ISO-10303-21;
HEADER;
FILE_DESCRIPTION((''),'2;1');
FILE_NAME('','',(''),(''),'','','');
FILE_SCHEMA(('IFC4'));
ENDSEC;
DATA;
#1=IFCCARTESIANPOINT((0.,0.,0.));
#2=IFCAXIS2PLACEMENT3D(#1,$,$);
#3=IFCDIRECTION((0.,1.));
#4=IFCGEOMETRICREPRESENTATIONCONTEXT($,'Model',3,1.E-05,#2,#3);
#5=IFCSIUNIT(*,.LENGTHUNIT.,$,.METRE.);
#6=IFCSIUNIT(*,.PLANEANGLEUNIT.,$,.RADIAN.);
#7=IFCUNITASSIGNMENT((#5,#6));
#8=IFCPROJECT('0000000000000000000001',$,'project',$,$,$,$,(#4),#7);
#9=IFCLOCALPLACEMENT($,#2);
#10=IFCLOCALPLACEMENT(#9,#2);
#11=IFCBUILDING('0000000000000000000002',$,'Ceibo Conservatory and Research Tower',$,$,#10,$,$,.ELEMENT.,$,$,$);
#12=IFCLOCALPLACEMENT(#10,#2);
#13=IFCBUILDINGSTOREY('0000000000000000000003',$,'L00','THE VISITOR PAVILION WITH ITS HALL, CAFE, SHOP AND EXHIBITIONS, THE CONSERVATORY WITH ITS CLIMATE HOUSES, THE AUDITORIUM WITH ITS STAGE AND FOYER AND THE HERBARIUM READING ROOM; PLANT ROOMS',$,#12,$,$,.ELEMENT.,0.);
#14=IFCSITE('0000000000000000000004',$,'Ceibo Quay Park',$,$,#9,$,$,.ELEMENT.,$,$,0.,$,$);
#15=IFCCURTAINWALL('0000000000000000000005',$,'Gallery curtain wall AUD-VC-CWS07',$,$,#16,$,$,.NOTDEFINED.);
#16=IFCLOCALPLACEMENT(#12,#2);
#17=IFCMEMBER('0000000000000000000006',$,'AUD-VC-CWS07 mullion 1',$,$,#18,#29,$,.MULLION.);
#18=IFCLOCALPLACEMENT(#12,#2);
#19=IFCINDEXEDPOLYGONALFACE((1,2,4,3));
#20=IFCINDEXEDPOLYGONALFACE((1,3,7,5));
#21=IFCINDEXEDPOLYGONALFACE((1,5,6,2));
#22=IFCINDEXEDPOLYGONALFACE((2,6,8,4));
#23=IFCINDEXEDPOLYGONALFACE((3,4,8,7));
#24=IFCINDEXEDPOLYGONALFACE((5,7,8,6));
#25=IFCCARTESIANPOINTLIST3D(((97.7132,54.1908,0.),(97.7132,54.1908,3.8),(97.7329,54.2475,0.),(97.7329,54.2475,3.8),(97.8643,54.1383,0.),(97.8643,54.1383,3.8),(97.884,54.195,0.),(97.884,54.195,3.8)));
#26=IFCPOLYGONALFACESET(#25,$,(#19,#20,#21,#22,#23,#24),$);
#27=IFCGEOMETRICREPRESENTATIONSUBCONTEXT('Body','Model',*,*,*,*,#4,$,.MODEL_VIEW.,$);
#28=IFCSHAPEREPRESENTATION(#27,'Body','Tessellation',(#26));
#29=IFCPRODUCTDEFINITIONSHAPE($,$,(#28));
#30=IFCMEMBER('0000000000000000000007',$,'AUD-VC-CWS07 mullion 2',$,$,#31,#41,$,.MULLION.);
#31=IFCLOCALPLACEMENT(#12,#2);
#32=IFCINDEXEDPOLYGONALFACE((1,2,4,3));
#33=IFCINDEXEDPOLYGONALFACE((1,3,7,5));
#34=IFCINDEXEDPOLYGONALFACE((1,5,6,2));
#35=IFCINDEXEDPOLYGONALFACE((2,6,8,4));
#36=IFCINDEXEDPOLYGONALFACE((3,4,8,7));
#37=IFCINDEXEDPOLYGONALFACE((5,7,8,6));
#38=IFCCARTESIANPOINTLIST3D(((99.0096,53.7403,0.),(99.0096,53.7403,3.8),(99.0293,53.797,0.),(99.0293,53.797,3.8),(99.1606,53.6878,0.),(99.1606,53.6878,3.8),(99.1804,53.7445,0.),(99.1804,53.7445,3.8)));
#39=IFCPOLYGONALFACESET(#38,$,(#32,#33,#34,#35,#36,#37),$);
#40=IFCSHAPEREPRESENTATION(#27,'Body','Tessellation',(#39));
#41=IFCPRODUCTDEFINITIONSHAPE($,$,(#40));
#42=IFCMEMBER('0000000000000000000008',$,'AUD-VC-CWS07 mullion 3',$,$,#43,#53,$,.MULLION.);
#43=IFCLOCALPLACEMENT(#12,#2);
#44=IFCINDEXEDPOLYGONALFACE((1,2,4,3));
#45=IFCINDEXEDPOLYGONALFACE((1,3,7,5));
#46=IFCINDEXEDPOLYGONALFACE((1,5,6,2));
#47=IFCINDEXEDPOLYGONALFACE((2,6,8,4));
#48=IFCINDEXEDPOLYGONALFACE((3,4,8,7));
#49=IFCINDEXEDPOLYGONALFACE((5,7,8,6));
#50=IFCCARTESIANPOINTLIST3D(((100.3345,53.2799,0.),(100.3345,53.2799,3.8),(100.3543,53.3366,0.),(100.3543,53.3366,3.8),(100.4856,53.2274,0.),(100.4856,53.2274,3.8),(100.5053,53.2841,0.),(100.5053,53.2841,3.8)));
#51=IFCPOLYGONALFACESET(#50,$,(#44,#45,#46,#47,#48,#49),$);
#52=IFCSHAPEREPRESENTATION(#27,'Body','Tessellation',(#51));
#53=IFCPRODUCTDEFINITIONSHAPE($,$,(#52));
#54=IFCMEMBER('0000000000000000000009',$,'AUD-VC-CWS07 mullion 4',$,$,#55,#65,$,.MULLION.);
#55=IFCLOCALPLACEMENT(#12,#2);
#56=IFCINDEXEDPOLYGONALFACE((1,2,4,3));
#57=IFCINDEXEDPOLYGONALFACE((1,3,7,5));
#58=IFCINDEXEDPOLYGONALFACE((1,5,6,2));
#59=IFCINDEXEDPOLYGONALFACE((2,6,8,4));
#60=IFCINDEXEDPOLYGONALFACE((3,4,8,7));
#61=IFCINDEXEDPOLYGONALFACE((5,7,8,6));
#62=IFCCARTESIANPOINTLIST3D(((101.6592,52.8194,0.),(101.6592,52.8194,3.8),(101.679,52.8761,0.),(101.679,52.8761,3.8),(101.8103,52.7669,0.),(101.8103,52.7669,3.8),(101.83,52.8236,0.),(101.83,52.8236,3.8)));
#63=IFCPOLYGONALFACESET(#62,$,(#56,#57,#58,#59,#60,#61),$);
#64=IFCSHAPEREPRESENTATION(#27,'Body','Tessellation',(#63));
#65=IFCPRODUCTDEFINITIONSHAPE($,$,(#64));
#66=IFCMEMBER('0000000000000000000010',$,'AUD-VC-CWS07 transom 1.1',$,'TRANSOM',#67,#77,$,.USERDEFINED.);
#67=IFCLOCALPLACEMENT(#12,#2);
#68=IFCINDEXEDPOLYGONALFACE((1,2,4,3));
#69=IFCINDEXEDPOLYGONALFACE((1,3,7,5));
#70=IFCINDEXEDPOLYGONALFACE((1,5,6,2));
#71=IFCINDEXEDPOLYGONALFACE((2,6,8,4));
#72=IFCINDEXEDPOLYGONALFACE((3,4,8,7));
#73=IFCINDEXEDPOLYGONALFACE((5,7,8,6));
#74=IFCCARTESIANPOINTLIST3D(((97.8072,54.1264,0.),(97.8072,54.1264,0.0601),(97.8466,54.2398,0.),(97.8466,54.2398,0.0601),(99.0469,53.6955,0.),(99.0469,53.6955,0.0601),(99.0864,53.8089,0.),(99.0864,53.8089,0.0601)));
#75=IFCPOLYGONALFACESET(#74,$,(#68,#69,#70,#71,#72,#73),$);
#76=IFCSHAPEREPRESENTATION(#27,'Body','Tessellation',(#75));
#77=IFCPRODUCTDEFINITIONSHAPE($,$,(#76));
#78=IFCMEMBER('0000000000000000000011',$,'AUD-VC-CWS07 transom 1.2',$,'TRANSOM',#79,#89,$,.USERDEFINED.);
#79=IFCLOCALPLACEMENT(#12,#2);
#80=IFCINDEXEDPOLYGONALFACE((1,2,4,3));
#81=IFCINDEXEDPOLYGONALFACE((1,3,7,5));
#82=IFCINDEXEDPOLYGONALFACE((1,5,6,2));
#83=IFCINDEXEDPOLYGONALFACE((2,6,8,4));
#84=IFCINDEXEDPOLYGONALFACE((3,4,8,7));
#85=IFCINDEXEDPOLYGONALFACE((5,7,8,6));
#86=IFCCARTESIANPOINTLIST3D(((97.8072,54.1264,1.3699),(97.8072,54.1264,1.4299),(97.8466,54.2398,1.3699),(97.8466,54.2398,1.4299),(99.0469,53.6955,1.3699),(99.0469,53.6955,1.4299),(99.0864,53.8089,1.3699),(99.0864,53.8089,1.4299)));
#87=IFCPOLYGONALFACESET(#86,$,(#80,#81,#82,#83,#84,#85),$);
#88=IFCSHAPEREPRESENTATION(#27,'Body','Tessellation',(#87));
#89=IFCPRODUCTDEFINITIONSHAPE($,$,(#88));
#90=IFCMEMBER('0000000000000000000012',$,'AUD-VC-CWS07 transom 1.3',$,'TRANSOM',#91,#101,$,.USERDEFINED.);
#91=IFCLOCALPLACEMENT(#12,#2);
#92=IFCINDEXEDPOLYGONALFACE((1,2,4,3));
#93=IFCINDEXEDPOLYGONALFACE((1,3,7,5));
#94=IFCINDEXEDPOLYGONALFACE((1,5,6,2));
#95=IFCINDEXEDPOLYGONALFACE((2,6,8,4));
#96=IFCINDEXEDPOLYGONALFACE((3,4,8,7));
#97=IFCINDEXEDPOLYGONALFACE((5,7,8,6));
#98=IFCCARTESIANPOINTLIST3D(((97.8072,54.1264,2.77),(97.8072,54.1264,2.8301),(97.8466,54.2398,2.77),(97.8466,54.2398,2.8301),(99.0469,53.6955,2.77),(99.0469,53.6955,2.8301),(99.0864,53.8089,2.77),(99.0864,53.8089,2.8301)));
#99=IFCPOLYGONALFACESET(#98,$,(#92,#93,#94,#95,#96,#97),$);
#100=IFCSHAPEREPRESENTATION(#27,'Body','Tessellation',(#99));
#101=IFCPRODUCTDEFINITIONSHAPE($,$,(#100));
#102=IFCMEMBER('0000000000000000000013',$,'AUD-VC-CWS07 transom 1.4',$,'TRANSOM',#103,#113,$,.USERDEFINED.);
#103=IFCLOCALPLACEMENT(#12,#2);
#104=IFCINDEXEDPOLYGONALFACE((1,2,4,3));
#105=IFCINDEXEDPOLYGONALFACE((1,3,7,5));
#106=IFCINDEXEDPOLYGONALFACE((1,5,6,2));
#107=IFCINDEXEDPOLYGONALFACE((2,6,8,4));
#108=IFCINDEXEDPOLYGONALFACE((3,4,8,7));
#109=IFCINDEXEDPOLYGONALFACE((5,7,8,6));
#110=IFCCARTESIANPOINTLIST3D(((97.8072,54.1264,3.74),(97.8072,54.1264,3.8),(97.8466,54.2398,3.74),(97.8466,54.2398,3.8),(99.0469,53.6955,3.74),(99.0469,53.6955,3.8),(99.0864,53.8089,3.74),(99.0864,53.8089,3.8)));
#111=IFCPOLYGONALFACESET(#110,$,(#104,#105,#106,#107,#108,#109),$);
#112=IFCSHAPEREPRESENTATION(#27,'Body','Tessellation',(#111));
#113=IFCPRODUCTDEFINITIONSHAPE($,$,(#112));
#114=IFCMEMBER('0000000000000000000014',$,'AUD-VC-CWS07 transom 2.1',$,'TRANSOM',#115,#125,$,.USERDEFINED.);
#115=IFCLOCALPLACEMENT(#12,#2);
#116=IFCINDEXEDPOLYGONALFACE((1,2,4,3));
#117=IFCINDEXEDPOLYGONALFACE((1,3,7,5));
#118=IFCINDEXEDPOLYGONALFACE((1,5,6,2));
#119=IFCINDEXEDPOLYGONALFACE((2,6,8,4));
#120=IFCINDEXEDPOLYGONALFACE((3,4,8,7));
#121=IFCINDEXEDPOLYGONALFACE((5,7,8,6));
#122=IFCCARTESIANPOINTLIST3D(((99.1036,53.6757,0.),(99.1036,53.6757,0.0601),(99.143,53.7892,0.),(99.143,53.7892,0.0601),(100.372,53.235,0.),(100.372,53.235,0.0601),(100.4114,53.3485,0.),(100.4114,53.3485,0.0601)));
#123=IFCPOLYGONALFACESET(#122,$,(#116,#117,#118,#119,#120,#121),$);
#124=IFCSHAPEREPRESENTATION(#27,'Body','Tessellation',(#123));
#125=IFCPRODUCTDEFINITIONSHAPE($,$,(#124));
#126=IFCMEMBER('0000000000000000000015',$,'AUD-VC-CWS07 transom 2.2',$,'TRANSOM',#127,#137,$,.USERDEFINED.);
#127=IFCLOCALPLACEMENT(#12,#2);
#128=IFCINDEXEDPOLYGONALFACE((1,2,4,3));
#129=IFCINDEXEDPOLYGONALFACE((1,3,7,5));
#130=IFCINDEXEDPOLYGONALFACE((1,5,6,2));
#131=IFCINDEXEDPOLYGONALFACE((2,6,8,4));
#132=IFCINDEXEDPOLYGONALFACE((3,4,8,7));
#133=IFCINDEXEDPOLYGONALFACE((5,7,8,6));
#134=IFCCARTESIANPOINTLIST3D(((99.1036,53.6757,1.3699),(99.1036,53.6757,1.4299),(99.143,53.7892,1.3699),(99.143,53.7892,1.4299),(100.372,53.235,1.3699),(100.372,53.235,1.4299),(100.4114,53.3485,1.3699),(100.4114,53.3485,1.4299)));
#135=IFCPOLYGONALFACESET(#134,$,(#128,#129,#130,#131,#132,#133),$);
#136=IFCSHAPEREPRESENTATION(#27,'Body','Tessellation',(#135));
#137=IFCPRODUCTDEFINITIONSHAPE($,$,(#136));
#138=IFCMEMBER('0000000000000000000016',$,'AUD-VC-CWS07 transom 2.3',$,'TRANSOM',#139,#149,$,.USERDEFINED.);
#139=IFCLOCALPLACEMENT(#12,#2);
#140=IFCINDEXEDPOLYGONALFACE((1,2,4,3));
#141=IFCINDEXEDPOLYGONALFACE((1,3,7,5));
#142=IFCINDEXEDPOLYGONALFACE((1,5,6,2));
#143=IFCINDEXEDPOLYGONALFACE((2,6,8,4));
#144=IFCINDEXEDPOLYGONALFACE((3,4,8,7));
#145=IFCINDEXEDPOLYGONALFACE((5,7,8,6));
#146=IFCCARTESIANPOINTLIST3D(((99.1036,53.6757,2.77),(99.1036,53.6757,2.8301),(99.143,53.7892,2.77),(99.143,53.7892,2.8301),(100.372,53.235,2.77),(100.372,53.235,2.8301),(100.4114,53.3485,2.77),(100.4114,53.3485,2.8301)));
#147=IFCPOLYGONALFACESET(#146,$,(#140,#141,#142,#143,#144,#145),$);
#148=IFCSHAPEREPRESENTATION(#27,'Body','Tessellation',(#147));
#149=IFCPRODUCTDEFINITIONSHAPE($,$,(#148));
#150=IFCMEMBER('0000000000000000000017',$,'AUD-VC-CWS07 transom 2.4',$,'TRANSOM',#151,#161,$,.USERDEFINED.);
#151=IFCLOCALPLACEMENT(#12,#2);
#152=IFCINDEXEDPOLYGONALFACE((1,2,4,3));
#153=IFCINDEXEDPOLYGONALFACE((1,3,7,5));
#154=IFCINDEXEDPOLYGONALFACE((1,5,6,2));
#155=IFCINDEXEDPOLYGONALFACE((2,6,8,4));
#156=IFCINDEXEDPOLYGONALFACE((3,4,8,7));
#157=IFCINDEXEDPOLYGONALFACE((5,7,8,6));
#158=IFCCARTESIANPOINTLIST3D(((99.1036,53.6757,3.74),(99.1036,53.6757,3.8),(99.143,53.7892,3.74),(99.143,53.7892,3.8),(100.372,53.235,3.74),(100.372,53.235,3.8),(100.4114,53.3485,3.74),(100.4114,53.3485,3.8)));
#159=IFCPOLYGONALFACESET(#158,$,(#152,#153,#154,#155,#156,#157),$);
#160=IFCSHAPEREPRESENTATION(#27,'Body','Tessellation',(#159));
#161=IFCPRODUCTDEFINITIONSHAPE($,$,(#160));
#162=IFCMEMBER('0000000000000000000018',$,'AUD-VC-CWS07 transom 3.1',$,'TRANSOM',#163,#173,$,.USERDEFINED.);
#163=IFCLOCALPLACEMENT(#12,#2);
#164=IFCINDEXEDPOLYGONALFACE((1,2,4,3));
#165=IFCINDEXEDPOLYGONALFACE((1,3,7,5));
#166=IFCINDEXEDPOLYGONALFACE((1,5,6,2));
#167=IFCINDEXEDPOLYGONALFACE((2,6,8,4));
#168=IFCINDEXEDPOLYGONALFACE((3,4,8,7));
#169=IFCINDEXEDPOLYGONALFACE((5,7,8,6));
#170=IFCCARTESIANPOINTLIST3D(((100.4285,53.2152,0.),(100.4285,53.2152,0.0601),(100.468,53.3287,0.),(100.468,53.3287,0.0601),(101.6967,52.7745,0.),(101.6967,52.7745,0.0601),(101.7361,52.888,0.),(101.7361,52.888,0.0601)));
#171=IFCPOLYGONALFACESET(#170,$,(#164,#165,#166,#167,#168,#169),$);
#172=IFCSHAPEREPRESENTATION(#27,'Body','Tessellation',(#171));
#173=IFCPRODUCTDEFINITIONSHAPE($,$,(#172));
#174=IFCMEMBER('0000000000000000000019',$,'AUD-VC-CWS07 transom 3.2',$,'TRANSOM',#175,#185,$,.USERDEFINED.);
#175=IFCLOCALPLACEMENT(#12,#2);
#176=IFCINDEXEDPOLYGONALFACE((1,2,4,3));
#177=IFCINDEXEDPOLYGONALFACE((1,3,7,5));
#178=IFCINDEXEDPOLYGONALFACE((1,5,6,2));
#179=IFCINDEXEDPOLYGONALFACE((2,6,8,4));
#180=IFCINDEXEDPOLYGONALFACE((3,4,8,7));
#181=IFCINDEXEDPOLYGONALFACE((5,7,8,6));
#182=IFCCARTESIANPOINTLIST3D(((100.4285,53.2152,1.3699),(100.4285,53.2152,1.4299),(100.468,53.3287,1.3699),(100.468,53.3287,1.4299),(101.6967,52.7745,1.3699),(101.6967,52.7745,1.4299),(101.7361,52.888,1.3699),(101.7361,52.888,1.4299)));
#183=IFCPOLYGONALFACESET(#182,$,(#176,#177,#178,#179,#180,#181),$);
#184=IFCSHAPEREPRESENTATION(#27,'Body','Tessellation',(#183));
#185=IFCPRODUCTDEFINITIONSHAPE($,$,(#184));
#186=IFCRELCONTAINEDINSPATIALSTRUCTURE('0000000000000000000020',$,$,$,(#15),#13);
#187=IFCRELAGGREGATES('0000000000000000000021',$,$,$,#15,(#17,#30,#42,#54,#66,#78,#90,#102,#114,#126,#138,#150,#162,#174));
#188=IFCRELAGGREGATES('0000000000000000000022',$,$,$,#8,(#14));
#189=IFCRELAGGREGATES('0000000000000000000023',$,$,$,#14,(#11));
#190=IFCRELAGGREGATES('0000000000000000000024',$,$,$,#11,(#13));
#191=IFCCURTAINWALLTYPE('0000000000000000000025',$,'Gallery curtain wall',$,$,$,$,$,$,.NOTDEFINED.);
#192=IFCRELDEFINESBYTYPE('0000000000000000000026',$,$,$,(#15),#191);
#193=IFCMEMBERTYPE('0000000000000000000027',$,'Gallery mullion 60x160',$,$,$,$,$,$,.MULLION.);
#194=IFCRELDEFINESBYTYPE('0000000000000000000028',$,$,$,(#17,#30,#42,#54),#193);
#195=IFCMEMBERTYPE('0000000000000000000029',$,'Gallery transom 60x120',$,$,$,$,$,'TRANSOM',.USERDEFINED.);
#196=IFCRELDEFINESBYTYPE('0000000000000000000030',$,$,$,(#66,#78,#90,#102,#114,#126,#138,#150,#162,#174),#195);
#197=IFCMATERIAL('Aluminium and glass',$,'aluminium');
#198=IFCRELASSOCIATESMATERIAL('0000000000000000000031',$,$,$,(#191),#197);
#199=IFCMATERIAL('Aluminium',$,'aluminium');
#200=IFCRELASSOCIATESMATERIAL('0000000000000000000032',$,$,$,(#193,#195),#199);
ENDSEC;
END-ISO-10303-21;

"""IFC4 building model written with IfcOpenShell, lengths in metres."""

from ifc_helpers import new_model, si_unit, direction, frame, origin, origin_2d, place, context, subcontext, project, spatial, rectangle, extrude, material, material_profile, profile_set, type_object, element, aggregate, save


model = new_model("IFC4")

# Units and contexts
model_context = context("Model", 3, precision=1e-05, world=origin(), true_north=direction((0.0, 1.0)))
body_context = subcontext(model_context, "Body", "Model", "MODEL_VIEW")
ifc_project = project(units=[si_unit("LENGTHUNIT", "METRE"), si_unit("PLANEANGLEUNIT", "RADIAN")], contexts=[model_context])

# Site, building, storey
site_placement = place(None, origin())
site = spatial("IfcSite", under=ifc_project, at=site_placement, Name="Ceibo Quay Park", CompositionType="ELEMENT", RefElevation=0.0)
building_placement = place(site_placement, origin())
building = spatial("IfcBuilding", under=site, at=building_placement, Name="Ceibo Conservatory and Research Tower", CompositionType="ELEMENT")
storey_placement = place(building_placement, origin())
storey = spatial("IfcBuildingStorey", under=building, at=storey_placement, Name="L00", Description="THE VISITOR PAVILION WITH ITS HALL, CAFE, SHOP AND EXHIBITIONS, THE CONSERVATORY WITH ITS CLIMATE HOUSES, THE AUDITORIUM WITH ITS STAGE AND FOYER AND THE HERBARIUM READING ROOM; PLANT ROOMS", CompositionType="ELEMENT", Elevation=0.0)

# Curtain wall, members
ifc_material_1 = material(Name="Aluminium and glass", Category="aluminium")
curtain_wall_type = type_object("IfcCurtainWallType", Name="Gallery curtain wall", PredefinedType="NOTDEFINED", material=ifc_material_1)
curtain_wall_placement = place(storey_placement, origin())
curtain_wall = element("IfcCurtainWall", 1, at=curtain_wall_placement, inside=storey, type_object=curtain_wall_type, Name="Gallery curtain wall AUD-VC-CWS07", PredefinedType="NOTDEFINED")
ifc_material_2 = material(Name="Aluminium", Category="aluminium")
ifc_material_profile_1 = material_profile(ifc_material_2, rectangle(XDim=0.0601, YDim=0.1599, at=origin_2d()), Name="AL 60x160")
ifc_profile_set_1 = profile_set([ifc_material_profile_1], Name="Aluminium")
member_type_1 = type_object("IfcMemberType", Name="Gallery mullion 60x160", PredefinedType="MULLION", material=ifc_profile_set_1)
member_1_placement = place(storey_placement, frame((97.7986, 54.1929, 0.0), z_axis=(0.0, 0.0, 1.0), x_axis=(0.328284, 0.944579, 0.0)))
member_1 = element("IfcMember", 2, at=member_1_placement, type_object=member_type_1, Name="AUD-VC-CWS07 mullion 1", PredefinedType="MULLION", context=body_context, shape_type="SweptSolid", body=[
    extrude(rectangle(XDim=0.0601, YDim=0.1599, at=origin_2d()), origin(), (0.0, 0.0, 1.0), 3.8),
])
member_2_placement = place(storey_placement, frame((99.095, 53.7424, 0.0), z_axis=(0.0, 0.0, 1.0), x_axis=(0.328284, 0.944579, 0.0)))
member_2 = element("IfcMember", 3, at=member_2_placement, type_object=member_type_1, Name="AUD-VC-CWS07 mullion 2", PredefinedType="MULLION", context=body_context, shape_type="SweptSolid", body=[
    extrude(rectangle(XDim=0.0601, YDim=0.1599, at=origin_2d()), origin(), (0.0, 0.0, 1.0), 3.8),
])
member_3_placement = place(storey_placement, frame((100.4199, 53.282, 0.0), z_axis=(0.0, 0.0, 1.0), x_axis=(0.328284, 0.944579, 0.0)))
member_3 = element("IfcMember", 4, at=member_3_placement, type_object=member_type_1, Name="AUD-VC-CWS07 mullion 3", PredefinedType="MULLION", context=body_context, shape_type="SweptSolid", body=[
    extrude(rectangle(XDim=0.0601, YDim=0.1599, at=origin_2d()), origin(), (0.0, 0.0, 1.0), 3.8),
])
member_4_placement = place(storey_placement, frame((101.7446, 52.8215, 0.0), z_axis=(0.0, 0.0, 1.0), x_axis=(0.328284, 0.944579, 0.0)))
member_4 = element("IfcMember", 5, at=member_4_placement, type_object=member_type_1, Name="AUD-VC-CWS07 mullion 4", PredefinedType="MULLION", context=body_context, shape_type="SweptSolid", body=[
    extrude(rectangle(XDim=0.0601, YDim=0.1599, at=origin_2d()), origin(), (0.0, 0.0, 1.0), 3.8),
])
ifc_material_profile_2 = material_profile(ifc_material_2, rectangle(XDim=0.1201, YDim=0.0601, at=origin_2d()), Name="AL 60x120")
ifc_profile_set_2 = profile_set([ifc_material_profile_2], Name="Aluminium")
member_type_2 = type_object("IfcMemberType", Name="Gallery transom 60x120", ElementType="TRANSOM", PredefinedType="USERDEFINED", material=ifc_profile_set_2)
member_5_placement = place(storey_placement, frame((97.8269, 54.1831, 0.03), z_axis=(0.94457, -0.328311, 0.0), x_axis=(0.328311, 0.94457, 0.0)))
member_5 = element("IfcMember", 6, at=member_5_placement, type_object=member_type_2, Name="AUD-VC-CWS07 transom 1.1", ObjectType="TRANSOM", PredefinedType="USERDEFINED", context=body_context, shape_type="SweptSolid", body=[
    extrude(rectangle(XDim=0.1201, YDim=0.0601, at=origin_2d()), origin(), (0.0, 0.0, 1.0), 1.3125),
])
member_6_placement = place(storey_placement, frame((97.8269, 54.1831, 1.3999), z_axis=(0.94457, -0.328311, 0.0), x_axis=(0.328311, 0.94457, 0.0)))
member_6 = element("IfcMember", 7, at=member_6_placement, type_object=member_type_2, Name="AUD-VC-CWS07 transom 1.2", ObjectType="TRANSOM", PredefinedType="USERDEFINED", context=body_context, shape_type="SweptSolid", body=[
    extrude(rectangle(XDim=0.1201, YDim=0.0601, at=origin_2d()), origin(), (0.0, 0.0, 1.0), 1.3125),
])
member_7_placement = place(storey_placement, frame((97.8269, 54.1831, 2.8), z_axis=(0.94457, -0.328311, 0.0), x_axis=(0.328311, 0.94457, 0.0)))
member_7 = element("IfcMember", 8, at=member_7_placement, type_object=member_type_2, Name="AUD-VC-CWS07 transom 1.3", ObjectType="TRANSOM", PredefinedType="USERDEFINED", context=body_context, shape_type="SweptSolid", body=[
    extrude(rectangle(XDim=0.1201, YDim=0.0601, at=origin_2d()), origin(), (0.0, 0.0, 1.0), 1.3125),
])
member_8_placement = place(storey_placement, frame((97.8269, 54.1831, 3.77), z_axis=(0.94457, -0.328311, 0.0), x_axis=(0.328311, 0.94457, 0.0)))
member_8 = element("IfcMember", 9, at=member_8_placement, type_object=member_type_2, Name="AUD-VC-CWS07 transom 1.4", ObjectType="TRANSOM", PredefinedType="USERDEFINED", context=body_context, shape_type="SweptSolid", body=[
    extrude(rectangle(XDim=0.1201, YDim=0.0601, at=origin_2d()), origin(), (0.0, 0.0, 1.0), 1.3125),
])
member_9_placement = place(storey_placement, frame((99.1233, 53.7324, 0.03), z_axis=(0.944607, -0.328203, 0.0), x_axis=(0.328203, 0.944607, 0.0)))
member_9 = element("IfcMember", 10, at=member_9_placement, type_object=member_type_2, Name="AUD-VC-CWS07 transom 2.1", ObjectType="TRANSOM", PredefinedType="USERDEFINED", context=body_context, shape_type="SweptSolid", body=[
    extrude(rectangle(XDim=0.1201, YDim=0.0601, at=origin_2d()), origin(), (0.0, 0.0, 1.0), 1.3428),
])
member_10_placement = place(storey_placement, frame((99.1233, 53.7324, 1.3999), z_axis=(0.944607, -0.328203, 0.0), x_axis=(0.328203, 0.944607, 0.0)))
member_10 = element("IfcMember", 11, at=member_10_placement, type_object=member_type_2, Name="AUD-VC-CWS07 transom 2.2", ObjectType="TRANSOM", PredefinedType="USERDEFINED", context=body_context, shape_type="SweptSolid", body=[
    extrude(rectangle(XDim=0.1201, YDim=0.0601, at=origin_2d()), origin(), (0.0, 0.0, 1.0), 1.3428),
])
member_11_placement = place(storey_placement, frame((99.1233, 53.7324, 2.8), z_axis=(0.944607, -0.328203, 0.0), x_axis=(0.328203, 0.944607, 0.0)))
member_11 = element("IfcMember", 12, at=member_11_placement, type_object=member_type_2, Name="AUD-VC-CWS07 transom 2.3", ObjectType="TRANSOM", PredefinedType="USERDEFINED", context=body_context, shape_type="SweptSolid", body=[
    extrude(rectangle(XDim=0.1201, YDim=0.0601, at=origin_2d()), origin(), (0.0, 0.0, 1.0), 1.3428),
])
member_12_placement = place(storey_placement, frame((99.1233, 53.7324, 3.77), z_axis=(0.944607, -0.328203, 0.0), x_axis=(0.328203, 0.944607, 0.0)))
member_12 = element("IfcMember", 13, at=member_12_placement, type_object=member_type_2, Name="AUD-VC-CWS07 transom 2.4", ObjectType="TRANSOM", PredefinedType="USERDEFINED", context=body_context, shape_type="SweptSolid", body=[
    extrude(rectangle(XDim=0.1201, YDim=0.0601, at=origin_2d()), origin(), (0.0, 0.0, 1.0), 1.3428),
])
member_13_placement = place(storey_placement, frame((100.4482, 53.272, 0.03), z_axis=(0.944588, -0.32826, 0.0), x_axis=(0.32826, 0.944588, 0.0)))
member_13 = element("IfcMember", 14, at=member_13_placement, type_object=member_type_2, Name="AUD-VC-CWS07 transom 3.1", ObjectType="TRANSOM", PredefinedType="USERDEFINED", context=body_context, shape_type="SweptSolid", body=[
    extrude(rectangle(XDim=0.1201, YDim=0.0601, at=origin_2d()), origin(), (0.0, 0.0, 1.0), 1.3425),
])
member_14_placement = place(storey_placement, frame((100.4482, 53.272, 1.3999), z_axis=(0.944588, -0.32826, 0.0), x_axis=(0.32826, 0.944588, 0.0)))
member_14 = element("IfcMember", 15, at=member_14_placement, type_object=member_type_2, Name="AUD-VC-CWS07 transom 3.2", ObjectType="TRANSOM", PredefinedType="USERDEFINED", context=body_context, shape_type="SweptSolid", body=[
    extrude(rectangle(XDim=0.1201, YDim=0.0601, at=origin_2d()), origin(), (0.0, 0.0, 1.0), 1.3425),
])
aggregate(curtain_wall, [member_1, member_2, member_3, member_4, member_5, member_6, member_7, member_8, member_9, member_10, member_11, member_12, member_13, member_14])

save(model, "model.ifc")
